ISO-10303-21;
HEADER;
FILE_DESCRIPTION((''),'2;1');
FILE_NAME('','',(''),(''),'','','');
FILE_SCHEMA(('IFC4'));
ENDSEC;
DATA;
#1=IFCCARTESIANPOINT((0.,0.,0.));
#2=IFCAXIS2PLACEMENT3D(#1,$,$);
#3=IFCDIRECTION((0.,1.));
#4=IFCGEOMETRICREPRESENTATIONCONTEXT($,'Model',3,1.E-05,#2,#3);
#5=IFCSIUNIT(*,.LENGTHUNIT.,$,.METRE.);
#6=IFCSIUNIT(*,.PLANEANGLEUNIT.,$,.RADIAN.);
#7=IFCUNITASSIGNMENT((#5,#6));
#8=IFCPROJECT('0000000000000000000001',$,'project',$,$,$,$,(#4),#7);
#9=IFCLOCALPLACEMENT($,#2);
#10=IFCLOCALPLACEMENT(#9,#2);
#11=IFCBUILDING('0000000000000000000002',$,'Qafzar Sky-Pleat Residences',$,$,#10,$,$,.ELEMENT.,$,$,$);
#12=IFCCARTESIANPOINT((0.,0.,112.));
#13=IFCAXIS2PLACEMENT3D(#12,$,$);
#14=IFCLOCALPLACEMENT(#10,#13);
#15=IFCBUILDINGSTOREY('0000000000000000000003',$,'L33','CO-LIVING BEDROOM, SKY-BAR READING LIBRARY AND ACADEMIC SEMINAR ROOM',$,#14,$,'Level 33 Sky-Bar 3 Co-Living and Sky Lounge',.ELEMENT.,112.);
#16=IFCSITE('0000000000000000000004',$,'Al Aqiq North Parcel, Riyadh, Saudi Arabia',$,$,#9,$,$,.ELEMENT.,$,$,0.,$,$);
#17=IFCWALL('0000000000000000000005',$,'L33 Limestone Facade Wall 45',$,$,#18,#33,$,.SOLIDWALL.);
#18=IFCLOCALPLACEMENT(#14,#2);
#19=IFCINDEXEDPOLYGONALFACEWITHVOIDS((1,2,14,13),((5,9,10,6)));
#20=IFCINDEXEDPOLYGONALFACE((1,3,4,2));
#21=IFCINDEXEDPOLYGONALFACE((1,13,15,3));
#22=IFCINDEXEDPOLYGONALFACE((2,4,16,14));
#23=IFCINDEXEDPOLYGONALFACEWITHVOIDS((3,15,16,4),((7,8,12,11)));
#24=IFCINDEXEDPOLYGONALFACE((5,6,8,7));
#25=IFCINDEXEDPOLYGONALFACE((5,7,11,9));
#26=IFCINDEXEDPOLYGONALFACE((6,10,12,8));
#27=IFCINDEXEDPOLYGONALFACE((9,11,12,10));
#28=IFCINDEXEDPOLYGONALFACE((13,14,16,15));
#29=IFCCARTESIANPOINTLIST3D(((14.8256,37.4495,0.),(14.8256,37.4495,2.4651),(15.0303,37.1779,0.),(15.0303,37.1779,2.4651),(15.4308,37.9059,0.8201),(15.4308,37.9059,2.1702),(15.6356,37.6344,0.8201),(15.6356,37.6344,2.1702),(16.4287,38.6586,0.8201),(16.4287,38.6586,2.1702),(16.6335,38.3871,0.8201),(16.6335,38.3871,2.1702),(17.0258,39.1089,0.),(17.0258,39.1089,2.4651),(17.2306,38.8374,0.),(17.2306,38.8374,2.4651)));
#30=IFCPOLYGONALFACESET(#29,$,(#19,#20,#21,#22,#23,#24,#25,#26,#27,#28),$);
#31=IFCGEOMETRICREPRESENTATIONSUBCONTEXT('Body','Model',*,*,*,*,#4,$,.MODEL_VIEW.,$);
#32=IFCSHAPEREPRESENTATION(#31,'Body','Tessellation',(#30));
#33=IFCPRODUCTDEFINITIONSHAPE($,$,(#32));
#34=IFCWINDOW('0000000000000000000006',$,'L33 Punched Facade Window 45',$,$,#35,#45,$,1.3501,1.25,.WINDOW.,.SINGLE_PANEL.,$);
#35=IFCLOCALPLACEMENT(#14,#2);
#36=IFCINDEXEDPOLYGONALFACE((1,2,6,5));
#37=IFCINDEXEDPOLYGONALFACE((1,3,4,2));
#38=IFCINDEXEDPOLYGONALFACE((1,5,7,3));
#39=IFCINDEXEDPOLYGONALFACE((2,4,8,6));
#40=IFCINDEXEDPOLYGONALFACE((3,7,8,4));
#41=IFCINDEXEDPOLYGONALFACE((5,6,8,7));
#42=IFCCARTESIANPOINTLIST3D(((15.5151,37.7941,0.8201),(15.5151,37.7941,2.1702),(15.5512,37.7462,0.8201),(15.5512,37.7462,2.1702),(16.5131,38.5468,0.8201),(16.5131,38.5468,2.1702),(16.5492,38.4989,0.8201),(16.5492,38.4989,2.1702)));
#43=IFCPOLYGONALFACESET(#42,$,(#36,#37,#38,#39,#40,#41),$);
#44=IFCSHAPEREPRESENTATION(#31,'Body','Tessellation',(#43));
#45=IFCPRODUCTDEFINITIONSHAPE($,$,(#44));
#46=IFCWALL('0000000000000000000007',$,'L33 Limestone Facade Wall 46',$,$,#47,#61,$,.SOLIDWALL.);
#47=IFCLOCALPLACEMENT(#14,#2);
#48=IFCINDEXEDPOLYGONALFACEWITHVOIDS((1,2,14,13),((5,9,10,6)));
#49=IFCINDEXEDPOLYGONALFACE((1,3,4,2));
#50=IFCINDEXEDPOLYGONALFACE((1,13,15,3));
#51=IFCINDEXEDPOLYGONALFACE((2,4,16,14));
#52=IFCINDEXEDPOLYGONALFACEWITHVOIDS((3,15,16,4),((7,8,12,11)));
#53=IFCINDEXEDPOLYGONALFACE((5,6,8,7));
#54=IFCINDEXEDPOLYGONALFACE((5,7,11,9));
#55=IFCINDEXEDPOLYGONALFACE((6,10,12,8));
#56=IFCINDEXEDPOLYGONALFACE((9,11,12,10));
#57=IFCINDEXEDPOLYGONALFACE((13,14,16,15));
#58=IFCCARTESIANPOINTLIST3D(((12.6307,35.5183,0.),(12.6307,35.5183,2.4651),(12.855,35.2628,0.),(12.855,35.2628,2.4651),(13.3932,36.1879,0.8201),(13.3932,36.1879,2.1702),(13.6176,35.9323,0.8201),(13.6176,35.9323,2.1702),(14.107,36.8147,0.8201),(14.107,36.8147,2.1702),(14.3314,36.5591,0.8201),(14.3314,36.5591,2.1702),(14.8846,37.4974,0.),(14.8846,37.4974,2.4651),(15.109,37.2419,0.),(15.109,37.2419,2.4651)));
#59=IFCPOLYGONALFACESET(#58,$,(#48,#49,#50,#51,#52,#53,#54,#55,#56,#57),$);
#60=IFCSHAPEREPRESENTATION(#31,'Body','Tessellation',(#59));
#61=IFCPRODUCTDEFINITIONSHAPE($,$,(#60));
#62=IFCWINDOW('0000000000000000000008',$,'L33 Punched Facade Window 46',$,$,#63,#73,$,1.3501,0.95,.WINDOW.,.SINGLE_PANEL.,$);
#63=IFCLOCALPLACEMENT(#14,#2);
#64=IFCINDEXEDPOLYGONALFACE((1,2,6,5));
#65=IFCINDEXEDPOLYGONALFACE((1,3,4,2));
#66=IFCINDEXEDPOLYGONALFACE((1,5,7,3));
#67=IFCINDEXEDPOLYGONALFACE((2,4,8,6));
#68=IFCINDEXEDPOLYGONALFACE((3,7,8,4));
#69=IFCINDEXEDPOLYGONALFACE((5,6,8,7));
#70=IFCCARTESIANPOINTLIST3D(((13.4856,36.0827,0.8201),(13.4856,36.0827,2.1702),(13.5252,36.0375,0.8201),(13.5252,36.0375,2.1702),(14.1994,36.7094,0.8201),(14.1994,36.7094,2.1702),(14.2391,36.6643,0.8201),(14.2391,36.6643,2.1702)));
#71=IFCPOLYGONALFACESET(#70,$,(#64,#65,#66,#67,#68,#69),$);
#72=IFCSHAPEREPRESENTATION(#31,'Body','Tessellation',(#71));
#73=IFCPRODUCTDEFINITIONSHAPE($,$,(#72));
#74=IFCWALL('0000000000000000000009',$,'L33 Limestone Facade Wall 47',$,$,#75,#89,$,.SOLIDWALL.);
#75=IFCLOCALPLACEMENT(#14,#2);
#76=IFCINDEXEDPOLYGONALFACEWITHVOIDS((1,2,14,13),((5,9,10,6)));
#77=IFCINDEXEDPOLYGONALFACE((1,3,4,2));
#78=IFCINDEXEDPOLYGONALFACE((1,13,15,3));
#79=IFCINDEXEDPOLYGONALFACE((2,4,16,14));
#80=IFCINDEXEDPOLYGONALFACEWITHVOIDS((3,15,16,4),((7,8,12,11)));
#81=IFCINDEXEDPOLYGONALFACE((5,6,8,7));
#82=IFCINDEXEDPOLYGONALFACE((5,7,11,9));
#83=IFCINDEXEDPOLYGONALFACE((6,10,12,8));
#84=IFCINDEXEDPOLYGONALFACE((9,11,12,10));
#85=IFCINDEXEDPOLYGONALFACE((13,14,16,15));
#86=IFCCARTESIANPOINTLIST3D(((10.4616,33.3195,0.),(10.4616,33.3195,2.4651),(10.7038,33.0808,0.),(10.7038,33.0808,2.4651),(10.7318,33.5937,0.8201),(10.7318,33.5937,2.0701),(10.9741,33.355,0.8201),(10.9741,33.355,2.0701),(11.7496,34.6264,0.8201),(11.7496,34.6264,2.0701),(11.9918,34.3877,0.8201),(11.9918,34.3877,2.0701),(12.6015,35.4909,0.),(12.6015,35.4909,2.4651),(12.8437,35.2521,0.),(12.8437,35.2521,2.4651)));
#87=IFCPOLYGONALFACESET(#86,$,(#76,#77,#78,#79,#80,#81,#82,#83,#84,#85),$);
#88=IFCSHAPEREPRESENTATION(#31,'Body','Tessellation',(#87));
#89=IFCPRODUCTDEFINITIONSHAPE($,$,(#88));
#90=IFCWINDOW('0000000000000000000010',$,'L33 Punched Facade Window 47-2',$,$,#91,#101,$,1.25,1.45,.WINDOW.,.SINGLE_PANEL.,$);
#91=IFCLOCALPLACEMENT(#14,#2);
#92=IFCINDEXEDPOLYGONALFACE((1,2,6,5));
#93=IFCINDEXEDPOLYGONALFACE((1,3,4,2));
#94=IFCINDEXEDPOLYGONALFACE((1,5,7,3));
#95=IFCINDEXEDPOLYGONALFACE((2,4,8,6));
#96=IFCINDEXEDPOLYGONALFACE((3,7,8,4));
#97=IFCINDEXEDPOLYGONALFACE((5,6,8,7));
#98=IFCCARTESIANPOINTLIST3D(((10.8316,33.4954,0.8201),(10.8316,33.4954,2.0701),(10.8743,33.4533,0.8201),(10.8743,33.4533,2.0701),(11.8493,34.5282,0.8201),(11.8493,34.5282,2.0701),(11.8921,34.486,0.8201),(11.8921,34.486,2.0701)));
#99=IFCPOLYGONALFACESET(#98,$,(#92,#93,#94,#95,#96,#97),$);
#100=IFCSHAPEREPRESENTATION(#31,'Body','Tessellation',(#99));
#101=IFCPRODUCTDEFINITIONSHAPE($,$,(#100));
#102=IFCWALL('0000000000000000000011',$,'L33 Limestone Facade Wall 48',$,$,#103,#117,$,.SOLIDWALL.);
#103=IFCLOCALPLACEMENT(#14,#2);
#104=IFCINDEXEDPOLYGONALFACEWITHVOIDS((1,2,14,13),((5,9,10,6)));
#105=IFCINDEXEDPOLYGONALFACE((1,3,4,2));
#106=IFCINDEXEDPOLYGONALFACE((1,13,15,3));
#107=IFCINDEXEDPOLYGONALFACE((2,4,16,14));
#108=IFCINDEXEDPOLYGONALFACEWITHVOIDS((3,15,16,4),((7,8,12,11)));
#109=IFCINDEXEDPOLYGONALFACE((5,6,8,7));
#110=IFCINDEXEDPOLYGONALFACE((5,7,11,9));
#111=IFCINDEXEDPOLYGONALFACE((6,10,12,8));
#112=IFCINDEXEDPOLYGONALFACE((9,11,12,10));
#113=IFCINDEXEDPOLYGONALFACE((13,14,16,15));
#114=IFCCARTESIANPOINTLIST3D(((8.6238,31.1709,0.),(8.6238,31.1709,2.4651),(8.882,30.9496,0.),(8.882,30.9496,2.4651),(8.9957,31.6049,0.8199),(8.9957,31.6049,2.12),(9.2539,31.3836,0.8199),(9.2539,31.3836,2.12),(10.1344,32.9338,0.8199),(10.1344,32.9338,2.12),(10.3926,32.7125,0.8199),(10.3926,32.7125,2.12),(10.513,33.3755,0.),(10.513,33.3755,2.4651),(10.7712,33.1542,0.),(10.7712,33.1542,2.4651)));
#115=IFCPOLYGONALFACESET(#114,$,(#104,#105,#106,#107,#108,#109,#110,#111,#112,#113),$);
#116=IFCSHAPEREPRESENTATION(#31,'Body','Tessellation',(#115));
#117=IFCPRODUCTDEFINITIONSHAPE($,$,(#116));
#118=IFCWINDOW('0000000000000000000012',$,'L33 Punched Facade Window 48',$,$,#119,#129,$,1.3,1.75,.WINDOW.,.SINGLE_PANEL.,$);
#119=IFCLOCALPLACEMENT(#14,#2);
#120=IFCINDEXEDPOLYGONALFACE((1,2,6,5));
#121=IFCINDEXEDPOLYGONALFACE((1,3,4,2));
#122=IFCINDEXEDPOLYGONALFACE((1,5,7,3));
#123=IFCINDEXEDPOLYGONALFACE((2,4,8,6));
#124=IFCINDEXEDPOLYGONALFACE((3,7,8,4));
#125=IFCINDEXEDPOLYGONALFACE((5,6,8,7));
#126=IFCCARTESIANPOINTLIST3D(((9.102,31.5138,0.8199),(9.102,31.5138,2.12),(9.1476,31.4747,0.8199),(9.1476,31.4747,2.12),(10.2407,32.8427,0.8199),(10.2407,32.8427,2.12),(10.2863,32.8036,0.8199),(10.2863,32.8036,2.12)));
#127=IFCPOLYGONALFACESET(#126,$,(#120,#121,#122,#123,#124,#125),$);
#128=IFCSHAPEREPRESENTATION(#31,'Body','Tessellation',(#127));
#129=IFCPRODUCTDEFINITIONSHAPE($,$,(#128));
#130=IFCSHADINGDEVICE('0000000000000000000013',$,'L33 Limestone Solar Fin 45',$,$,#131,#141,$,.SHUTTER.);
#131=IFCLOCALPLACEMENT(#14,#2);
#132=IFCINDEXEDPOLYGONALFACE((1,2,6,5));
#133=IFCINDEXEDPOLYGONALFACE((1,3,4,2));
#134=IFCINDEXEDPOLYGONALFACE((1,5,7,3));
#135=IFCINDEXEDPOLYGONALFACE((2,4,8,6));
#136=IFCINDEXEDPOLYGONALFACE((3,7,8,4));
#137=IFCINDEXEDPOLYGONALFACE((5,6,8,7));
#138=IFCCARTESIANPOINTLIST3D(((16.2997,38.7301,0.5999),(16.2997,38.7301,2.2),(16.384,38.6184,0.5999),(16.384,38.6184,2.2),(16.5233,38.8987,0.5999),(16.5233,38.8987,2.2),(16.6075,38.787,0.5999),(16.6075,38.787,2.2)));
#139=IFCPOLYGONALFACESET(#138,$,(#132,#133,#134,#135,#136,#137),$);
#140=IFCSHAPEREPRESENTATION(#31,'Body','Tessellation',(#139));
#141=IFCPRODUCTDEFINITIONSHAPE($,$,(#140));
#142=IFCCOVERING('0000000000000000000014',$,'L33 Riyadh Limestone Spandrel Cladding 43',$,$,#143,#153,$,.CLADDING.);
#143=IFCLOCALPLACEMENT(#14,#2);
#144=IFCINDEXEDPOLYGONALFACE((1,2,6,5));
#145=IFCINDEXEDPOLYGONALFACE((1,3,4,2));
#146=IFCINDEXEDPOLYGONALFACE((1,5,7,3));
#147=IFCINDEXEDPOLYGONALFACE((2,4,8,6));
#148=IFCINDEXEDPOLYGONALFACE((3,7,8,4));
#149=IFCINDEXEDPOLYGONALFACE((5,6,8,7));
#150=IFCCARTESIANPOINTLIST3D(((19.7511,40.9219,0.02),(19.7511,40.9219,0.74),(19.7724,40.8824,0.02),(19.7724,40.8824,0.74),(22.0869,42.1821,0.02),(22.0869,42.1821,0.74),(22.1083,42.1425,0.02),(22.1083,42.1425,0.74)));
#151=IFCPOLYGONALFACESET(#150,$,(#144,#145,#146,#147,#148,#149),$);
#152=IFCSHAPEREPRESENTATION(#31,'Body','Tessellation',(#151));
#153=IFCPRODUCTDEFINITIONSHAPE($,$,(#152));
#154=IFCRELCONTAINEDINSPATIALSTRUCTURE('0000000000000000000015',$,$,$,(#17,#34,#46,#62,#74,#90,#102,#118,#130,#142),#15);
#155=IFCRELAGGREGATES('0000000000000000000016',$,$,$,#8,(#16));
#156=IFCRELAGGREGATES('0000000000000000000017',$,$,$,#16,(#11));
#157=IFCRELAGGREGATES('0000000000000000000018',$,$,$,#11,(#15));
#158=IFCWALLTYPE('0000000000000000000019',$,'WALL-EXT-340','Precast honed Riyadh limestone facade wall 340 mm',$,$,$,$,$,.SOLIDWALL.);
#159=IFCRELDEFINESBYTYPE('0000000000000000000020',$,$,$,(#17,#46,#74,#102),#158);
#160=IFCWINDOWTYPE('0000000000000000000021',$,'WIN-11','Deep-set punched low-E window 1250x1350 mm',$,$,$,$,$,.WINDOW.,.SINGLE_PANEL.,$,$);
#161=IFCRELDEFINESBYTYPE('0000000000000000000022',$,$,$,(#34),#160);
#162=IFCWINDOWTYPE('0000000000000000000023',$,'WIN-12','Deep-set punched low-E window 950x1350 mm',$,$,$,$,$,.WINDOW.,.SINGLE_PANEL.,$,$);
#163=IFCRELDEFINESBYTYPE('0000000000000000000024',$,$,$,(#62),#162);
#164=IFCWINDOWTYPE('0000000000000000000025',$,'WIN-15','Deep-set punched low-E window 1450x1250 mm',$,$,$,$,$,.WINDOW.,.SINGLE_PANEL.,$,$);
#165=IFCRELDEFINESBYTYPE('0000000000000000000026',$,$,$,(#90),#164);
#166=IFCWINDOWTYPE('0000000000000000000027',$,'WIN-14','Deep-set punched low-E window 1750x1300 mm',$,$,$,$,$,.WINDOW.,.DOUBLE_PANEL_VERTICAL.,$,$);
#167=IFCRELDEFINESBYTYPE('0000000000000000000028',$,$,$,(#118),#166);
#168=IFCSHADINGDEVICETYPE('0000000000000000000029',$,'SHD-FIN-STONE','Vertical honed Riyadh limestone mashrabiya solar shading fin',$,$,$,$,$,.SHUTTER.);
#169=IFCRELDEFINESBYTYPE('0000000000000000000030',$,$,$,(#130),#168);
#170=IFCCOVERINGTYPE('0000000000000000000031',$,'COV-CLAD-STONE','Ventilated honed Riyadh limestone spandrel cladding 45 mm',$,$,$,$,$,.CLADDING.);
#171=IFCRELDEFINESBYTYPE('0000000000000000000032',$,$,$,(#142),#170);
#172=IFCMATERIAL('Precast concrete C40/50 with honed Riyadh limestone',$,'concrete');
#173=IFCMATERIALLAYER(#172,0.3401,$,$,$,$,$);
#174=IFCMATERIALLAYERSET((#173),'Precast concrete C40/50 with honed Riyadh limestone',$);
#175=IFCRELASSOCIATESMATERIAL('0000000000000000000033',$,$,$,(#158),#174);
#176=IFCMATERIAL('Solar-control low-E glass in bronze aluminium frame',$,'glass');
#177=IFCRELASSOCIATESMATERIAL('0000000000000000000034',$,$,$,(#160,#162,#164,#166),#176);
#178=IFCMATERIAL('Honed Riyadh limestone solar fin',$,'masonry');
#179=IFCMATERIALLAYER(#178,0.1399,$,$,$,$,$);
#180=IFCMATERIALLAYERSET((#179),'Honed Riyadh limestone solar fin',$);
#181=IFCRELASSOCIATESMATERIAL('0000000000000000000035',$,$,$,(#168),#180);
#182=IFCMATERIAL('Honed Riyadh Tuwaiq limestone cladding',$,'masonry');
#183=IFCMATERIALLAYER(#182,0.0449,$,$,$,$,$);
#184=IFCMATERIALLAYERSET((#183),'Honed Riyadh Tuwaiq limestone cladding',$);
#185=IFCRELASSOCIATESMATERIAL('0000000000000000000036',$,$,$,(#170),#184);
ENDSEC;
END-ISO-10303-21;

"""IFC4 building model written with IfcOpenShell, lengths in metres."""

from ifc_helpers import new_model, si_unit, direction, frame, frame_2d, origin, origin_2d, place, context, subcontext, project, spatial, rectangle, extrude, source, transform, mapped, material, layer, layer_set, type_object, element, fill, save


model = new_model("IFC4")

# Units and contexts
model_context = context("Model", 3, precision=1e-05, world=origin(), true_north=direction((0.0, 1.0)))
body_context = subcontext(model_context, "Body", "Model", "MODEL_VIEW")
ifc_project = project(units=[si_unit("LENGTHUNIT", "METRE"), si_unit("PLANEANGLEUNIT", "RADIAN")], contexts=[model_context])

# Site, building, storey
site_placement = place(None, origin())
site = spatial("IfcSite", under=ifc_project, at=site_placement, Name="Al Aqiq North Parcel, Riyadh, Saudi Arabia", CompositionType="ELEMENT", RefElevation=0.0)
building_placement = place(site_placement, origin())
building = spatial("IfcBuilding", under=site, at=building_placement, Name="Qafzar Sky-Pleat Residences", CompositionType="ELEMENT")
storey_placement = place(building_placement, frame((0.0, 0.0, 112.0)))
storey = spatial("IfcBuildingStorey", under=building, at=storey_placement, Name="L33", Description="CO-LIVING BEDROOM, SKY-BAR READING LIBRARY AND ACADEMIC SEMINAR ROOM", LongName="Level 33 Sky-Bar 3 Co-Living and Sky Lounge", CompositionType="ELEMENT", Elevation=112.0)

# Walls, openings, windows
ifc_material_1 = material(Name="Precast concrete C40/50 with honed Riyadh limestone", Category="concrete")
ifc_layer_1 = layer(ifc_material_1, 0.3401)
ifc_layer_set_1 = layer_set([ifc_layer_1], Name="Precast concrete C40/50 with honed Riyadh limestone")
wall_type_1 = type_object("IfcWallType", Name="WALL-EXT-340", Description="Precast honed Riyadh limestone facade wall 340 mm", PredefinedType="SOLIDWALL", material=ifc_layer_set_1)
ifc_material_2 = material(Name="Solar-control low-E glass in bronze aluminium frame", Category="glass")
wall_1_placement = place(storey_placement, frame((17.1282, 38.9731, 0.0), z_axis=(0.0, 0.0, 1.0), x_axis=(-0.798381, -0.602152, 0.0)))
wall_1 = element("IfcWall", 1, at=wall_1_placement, inside=storey, type_object=wall_type_1, Name="L33 Limestone Facade Wall 45", PredefinedType="SOLIDWALL", context=body_context, shape_type="SweptSolid", body=[
    extrude(rectangle(XDim=2.7559, YDim=0.3401, at=frame_2d((1.3779, 0.0))), origin(), (0.0, 0.0, 1.0), 2.4651),
])
opening_1_placement = place(wall_1_placement, frame((0.7478, 0.0, 0.8201)))
opening_1 = element("IfcOpeningElement", 2, at=opening_1_placement, cuts=wall_1, PredefinedType="OPENING", context=body_context, shape_type="SweptSolid", body=[
    extrude(rectangle(XDim=1.25, YDim=1.3501, at=frame_2d((0.625, 0.675))), frame((0.0, 0.1802, 0.0), z_axis=(0.0, -1.0, 0.0), x_axis=(1.0, 0.0, 0.0)), (0.0, 0.0, 1.0), 0.3601),
])
window_type_1 = type_object("IfcWindowType", Name="WIN-11", Description="Deep-set punched low-E window 1250x1350 mm", PartitioningType="SINGLE_PANEL", PredefinedType="WINDOW", material=ifc_material_2)
shared_shape_1 = source(origin(), body_context, "Body", "SweptSolid", [
    extrude(rectangle(XDim=1.25, YDim=1.3501, at=frame_2d((0.625, 0.675))), frame((0.0, 0.03, 0.0), z_axis=(0.0, -1.0, 0.0), x_axis=(1.0, 0.0, 0.0)), (0.0, 0.0, 1.0), 0.0601),
])
window_1_placement = place(opening_1_placement, origin())
window_1 = element("IfcWindow", 3, at=window_1_placement, inside=storey, type_object=window_type_1, Name="L33 Punched Facade Window 45", OverallHeight=1.3501, OverallWidth=1.25, PartitioningType="SINGLE_PANEL", PredefinedType="WINDOW", context=body_context, shape_type="MappedRepresentation", body=[
    mapped(shared_shape_1, transform((0.0, 0.0, 0.0), x_axis=(1.0, 0.0, 0.0), y_axis=(0.0, 1.0, 0.0), z_axis=(0.0, 0.0, 1.0), scale=1.0)),
])
fill(opening_1, window_1)
wall_2_placement = place(storey_placement, frame((14.9968, 37.3696, 0.0), z_axis=(0.0, 0.0, 1.0), x_axis=(-0.751446, -0.659794, 0.0)))
wall_2 = element("IfcWall", 4, at=wall_2_placement, inside=storey, type_object=wall_type_1, Name="L33 Limestone Facade Wall 46", PredefinedType="SOLIDWALL", context=body_context, shape_type="SweptSolid", body=[
    extrude(rectangle(XDim=2.9995, YDim=0.3401, at=frame_2d((1.4998, 0.0))), origin(), (0.0, 0.0, 1.0), 2.4651),
])
opening_2_placement = place(wall_2_placement, frame((1.0347, 0.0, 0.8201)))
opening_2 = element("IfcOpeningElement", 5, at=opening_2_placement, cuts=wall_2, PredefinedType="OPENING", context=body_context, shape_type="SweptSolid", body=[
    extrude(rectangle(XDim=0.95, YDim=1.3501, at=frame_2d((0.4751, 0.675))), frame((0.0, 0.1802, 0.0), z_axis=(0.0, -1.0, 0.0), x_axis=(1.0, 0.0, 0.0)), (0.0, 0.0, 1.0), 0.3601),
])
window_type_2 = type_object("IfcWindowType", Name="WIN-12", Description="Deep-set punched low-E window 950x1350 mm", PartitioningType="SINGLE_PANEL", PredefinedType="WINDOW", material=ifc_material_2)
shared_shape_2 = source(origin(), body_context, "Body", "SweptSolid", [
    extrude(rectangle(XDim=0.95, YDim=1.3501, at=frame_2d((0.4751, 0.675))), frame((0.0, 0.03, 0.0), z_axis=(0.0, -1.0, 0.0), x_axis=(1.0, 0.0, 0.0)), (0.0, 0.0, 1.0), 0.0601),
])
window_2_placement = place(opening_2_placement, origin())
window_2 = element("IfcWindow", 6, at=window_2_placement, inside=storey, type_object=window_type_2, Name="L33 Punched Facade Window 46", OverallHeight=1.3501, OverallWidth=0.95, PartitioningType="SINGLE_PANEL", PredefinedType="WINDOW", context=body_context, shape_type="MappedRepresentation", body=[
    mapped(shared_shape_2, transform((0.0, 0.0, 0.0), x_axis=(1.0, 0.0, 0.0), y_axis=(0.0, 1.0, 0.0), z_axis=(0.0, 0.0, 1.0), scale=1.0)),
])
fill(opening_2, window_2)
wall_3_placement = place(storey_placement, frame((12.7227, 35.3716, 0.0), z_axis=(0.0, 0.0, 1.0), x_axis=(-0.701923, -0.712253, 0.0)))
wall_3 = element("IfcWall", 7, at=wall_3_placement, inside=storey, type_object=wall_type_1, Name="L33 Limestone Facade Wall 47", PredefinedType="SOLIDWALL", context=body_context, shape_type="SweptSolid", body=[
    extrude(rectangle(XDim=3.0486, YDim=0.3401, at=frame_2d((1.5244, 0.0))), origin(), (0.0, 0.0, 1.0), 2.4651),
])
opening_3_placement = place(wall_3_placement, frame((1.2136, 0.0, 0.8201)))
opening_3 = element("IfcOpeningElement", 8, at=opening_3_placement, cuts=wall_3, PredefinedType="OPENING", context=body_context, shape_type="SweptSolid", body=[
    extrude(rectangle(XDim=1.45, YDim=1.25, at=frame_2d((0.7251, 0.625))), frame((0.0, 0.1802, 0.0), z_axis=(0.0, -1.0, 0.0), x_axis=(1.0, 0.0, 0.0)), (0.0, 0.0, 1.0), 0.3601),
])
window_type_3 = type_object("IfcWindowType", Name="WIN-15", Description="Deep-set punched low-E window 1450x1250 mm", PartitioningType="SINGLE_PANEL", PredefinedType="WINDOW", material=ifc_material_2)
shared_shape_3 = source(origin(), body_context, "Body", "SweptSolid", [
    extrude(rectangle(XDim=1.45, YDim=1.25, at=frame_2d((0.7251, 0.625))), frame((0.0, 0.03, 0.0), z_axis=(0.0, -1.0, 0.0), x_axis=(1.0, 0.0, 0.0)), (0.0, 0.0, 1.0), 0.0601),
])
window_3_placement = place(opening_3_placement, origin())
window_3 = element("IfcWindow", 9, at=window_3_placement, inside=storey, type_object=window_type_3, Name="L33 Punched Facade Window 47-2", OverallHeight=1.25, OverallWidth=1.45, PartitioningType="SINGLE_PANEL", PredefinedType="WINDOW", context=body_context, shape_type="MappedRepresentation", body=[
    mapped(shared_shape_3, transform((0.0, 0.0, 0.0), x_axis=(1.0, 0.0, 0.0), y_axis=(0.0, 1.0, 0.0), z_axis=(0.0, 0.0, 1.0), scale=1.0)),
])
fill(opening_3, window_3)
wall_4_placement = place(storey_placement, frame((10.6421, 33.2649, 0.0), z_axis=(0.0, 0.0, 1.0), x_axis=(-0.650694, -0.75934, 0.0)))
wall_4 = element("IfcWall", 10, at=wall_4_placement, inside=storey, type_object=wall_type_1, Name="L33 Limestone Facade Wall 48", PredefinedType="SOLIDWALL", context=body_context, shape_type="SweptSolid", body=[
    extrude(rectangle(XDim=2.9033, YDim=0.3401, at=frame_2d((1.4517, 0.0))), origin(), (0.0, 0.0, 1.0), 2.4651),
])
opening_4_placement = place(wall_4_placement, frame((0.5818, 0.0, 0.8201)))
opening_4 = element("IfcOpeningElement", 11, at=opening_4_placement, cuts=wall_4, PredefinedType="OPENING", context=body_context, shape_type="SweptSolid", body=[
    extrude(rectangle(XDim=1.75, YDim=1.3, at=frame_2d((0.875, 0.6499))), frame((0.0, 0.1802, 0.0), z_axis=(0.0, -1.0, 0.0), x_axis=(1.0, 0.0, 0.0)), (0.0, 0.0, 1.0), 0.3601),
])
window_type_4 = type_object("IfcWindowType", Name="WIN-14", Description="Deep-set punched low-E window 1750x1300 mm", PartitioningType="DOUBLE_PANEL_VERTICAL", PredefinedType="WINDOW", material=ifc_material_2)
shared_shape_4 = source(origin(), body_context, "Body", "SweptSolid", [
    extrude(rectangle(XDim=1.75, YDim=1.3, at=frame_2d((0.875, 0.6499))), frame((0.0, 0.03, 0.0), z_axis=(0.0, -1.0, 0.0), x_axis=(1.0, 0.0, 0.0)), (0.0, 0.0, 1.0), 0.0601),
])
window_4_placement = place(opening_4_placement, origin())
window_4 = element("IfcWindow", 12, at=window_4_placement, inside=storey, type_object=window_type_4, Name="L33 Punched Facade Window 48", OverallHeight=1.3, OverallWidth=1.75, PartitioningType="SINGLE_PANEL", PredefinedType="WINDOW", context=body_context, shape_type="MappedRepresentation", body=[
    mapped(shared_shape_4, transform((0.0, 0.0, 0.0), x_axis=(1.0, 0.0, 0.0), y_axis=(0.0, 1.0, 0.0), z_axis=(0.0, 0.0, 1.0), scale=1.0)),
])
fill(opening_4, window_4)

# Shading device
ifc_material_3 = material(Name="Honed Riyadh limestone solar fin", Category="masonry")
ifc_layer_2 = layer(ifc_material_3, 0.1399)
ifc_layer_set_2 = layer_set([ifc_layer_2], Name="Honed Riyadh limestone solar fin")
shading_device_type = type_object("IfcShadingDeviceType", Name="SHD-FIN-STONE", Description="Vertical honed Riyadh limestone mashrabiya solar shading fin", PredefinedType="SHUTTER", material=ifc_layer_set_2)
shared_shape_5 = source(origin(), body_context, "Body", "SweptSolid", [
    extrude(rectangle(XDim=0.1399, YDim=0.28, at=origin_2d()), origin(), (0.0, 0.0, 1.0), 1.6001),
])
shading_device_placement = place(storey_placement, frame((16.4536, 38.7585, 0.5999), z_axis=(0.0, 0.0, 1.0), x_axis=(-0.60218, 0.798361, 0.0)))
element("IfcShadingDevice", 13, at=shading_device_placement, inside=storey, type_object=shading_device_type, Name="L33 Limestone Solar Fin 45", PredefinedType="SHUTTER", context=body_context, shape_type="MappedRepresentation", body=[
    mapped(shared_shape_5, transform((0.0, 0.0, 0.0), x_axis=(1.0, 0.0, 0.0), y_axis=(0.0, 1.0, 0.0), z_axis=(0.0, 0.0, 1.0), scale=1.0)),
])

# Covering
ifc_material_4 = material(Name="Honed Riyadh Tuwaiq limestone cladding", Category="masonry")
ifc_layer_3 = layer(ifc_material_4, 0.0449)
ifc_layer_set_3 = layer_set([ifc_layer_3], Name="Honed Riyadh Tuwaiq limestone cladding")
covering_type = type_object("IfcCoveringType", Name="COV-CLAD-STONE", Description="Ventilated honed Riyadh limestone spandrel cladding 45 mm", PredefinedType="CLADDING", material=ifc_layer_set_3)
shared_shape_6 = source(origin(), body_context, "Body", "SweptSolid", [
    extrude(rectangle(XDim=2.6541, YDim=0.0449, at=origin_2d()), origin(), (0.0, 0.0, 1.0), 0.72),
])
covering_1_placement = place(storey_placement, frame((20.9297, 41.5322, 0.02), z_axis=(0.0, 0.0, 1.0), x_axis=(-0.880092, -0.474803, 0.0)))
element("IfcCovering", 14, at=covering_1_placement, inside=storey, type_object=covering_type, Name="L33 Riyadh Limestone Spandrel Cladding 43", PredefinedType="CLADDING", context=body_context, shape_type="MappedRepresentation", body=[
    mapped(shared_shape_6, transform((0.0, 0.0, 0.0), x_axis=(1.0, 0.0, 0.0), y_axis=(0.0, 1.0, 0.0), z_axis=(0.0, 0.0, 1.0), scale=1.0)),
])

save(model, "model.ifc")
